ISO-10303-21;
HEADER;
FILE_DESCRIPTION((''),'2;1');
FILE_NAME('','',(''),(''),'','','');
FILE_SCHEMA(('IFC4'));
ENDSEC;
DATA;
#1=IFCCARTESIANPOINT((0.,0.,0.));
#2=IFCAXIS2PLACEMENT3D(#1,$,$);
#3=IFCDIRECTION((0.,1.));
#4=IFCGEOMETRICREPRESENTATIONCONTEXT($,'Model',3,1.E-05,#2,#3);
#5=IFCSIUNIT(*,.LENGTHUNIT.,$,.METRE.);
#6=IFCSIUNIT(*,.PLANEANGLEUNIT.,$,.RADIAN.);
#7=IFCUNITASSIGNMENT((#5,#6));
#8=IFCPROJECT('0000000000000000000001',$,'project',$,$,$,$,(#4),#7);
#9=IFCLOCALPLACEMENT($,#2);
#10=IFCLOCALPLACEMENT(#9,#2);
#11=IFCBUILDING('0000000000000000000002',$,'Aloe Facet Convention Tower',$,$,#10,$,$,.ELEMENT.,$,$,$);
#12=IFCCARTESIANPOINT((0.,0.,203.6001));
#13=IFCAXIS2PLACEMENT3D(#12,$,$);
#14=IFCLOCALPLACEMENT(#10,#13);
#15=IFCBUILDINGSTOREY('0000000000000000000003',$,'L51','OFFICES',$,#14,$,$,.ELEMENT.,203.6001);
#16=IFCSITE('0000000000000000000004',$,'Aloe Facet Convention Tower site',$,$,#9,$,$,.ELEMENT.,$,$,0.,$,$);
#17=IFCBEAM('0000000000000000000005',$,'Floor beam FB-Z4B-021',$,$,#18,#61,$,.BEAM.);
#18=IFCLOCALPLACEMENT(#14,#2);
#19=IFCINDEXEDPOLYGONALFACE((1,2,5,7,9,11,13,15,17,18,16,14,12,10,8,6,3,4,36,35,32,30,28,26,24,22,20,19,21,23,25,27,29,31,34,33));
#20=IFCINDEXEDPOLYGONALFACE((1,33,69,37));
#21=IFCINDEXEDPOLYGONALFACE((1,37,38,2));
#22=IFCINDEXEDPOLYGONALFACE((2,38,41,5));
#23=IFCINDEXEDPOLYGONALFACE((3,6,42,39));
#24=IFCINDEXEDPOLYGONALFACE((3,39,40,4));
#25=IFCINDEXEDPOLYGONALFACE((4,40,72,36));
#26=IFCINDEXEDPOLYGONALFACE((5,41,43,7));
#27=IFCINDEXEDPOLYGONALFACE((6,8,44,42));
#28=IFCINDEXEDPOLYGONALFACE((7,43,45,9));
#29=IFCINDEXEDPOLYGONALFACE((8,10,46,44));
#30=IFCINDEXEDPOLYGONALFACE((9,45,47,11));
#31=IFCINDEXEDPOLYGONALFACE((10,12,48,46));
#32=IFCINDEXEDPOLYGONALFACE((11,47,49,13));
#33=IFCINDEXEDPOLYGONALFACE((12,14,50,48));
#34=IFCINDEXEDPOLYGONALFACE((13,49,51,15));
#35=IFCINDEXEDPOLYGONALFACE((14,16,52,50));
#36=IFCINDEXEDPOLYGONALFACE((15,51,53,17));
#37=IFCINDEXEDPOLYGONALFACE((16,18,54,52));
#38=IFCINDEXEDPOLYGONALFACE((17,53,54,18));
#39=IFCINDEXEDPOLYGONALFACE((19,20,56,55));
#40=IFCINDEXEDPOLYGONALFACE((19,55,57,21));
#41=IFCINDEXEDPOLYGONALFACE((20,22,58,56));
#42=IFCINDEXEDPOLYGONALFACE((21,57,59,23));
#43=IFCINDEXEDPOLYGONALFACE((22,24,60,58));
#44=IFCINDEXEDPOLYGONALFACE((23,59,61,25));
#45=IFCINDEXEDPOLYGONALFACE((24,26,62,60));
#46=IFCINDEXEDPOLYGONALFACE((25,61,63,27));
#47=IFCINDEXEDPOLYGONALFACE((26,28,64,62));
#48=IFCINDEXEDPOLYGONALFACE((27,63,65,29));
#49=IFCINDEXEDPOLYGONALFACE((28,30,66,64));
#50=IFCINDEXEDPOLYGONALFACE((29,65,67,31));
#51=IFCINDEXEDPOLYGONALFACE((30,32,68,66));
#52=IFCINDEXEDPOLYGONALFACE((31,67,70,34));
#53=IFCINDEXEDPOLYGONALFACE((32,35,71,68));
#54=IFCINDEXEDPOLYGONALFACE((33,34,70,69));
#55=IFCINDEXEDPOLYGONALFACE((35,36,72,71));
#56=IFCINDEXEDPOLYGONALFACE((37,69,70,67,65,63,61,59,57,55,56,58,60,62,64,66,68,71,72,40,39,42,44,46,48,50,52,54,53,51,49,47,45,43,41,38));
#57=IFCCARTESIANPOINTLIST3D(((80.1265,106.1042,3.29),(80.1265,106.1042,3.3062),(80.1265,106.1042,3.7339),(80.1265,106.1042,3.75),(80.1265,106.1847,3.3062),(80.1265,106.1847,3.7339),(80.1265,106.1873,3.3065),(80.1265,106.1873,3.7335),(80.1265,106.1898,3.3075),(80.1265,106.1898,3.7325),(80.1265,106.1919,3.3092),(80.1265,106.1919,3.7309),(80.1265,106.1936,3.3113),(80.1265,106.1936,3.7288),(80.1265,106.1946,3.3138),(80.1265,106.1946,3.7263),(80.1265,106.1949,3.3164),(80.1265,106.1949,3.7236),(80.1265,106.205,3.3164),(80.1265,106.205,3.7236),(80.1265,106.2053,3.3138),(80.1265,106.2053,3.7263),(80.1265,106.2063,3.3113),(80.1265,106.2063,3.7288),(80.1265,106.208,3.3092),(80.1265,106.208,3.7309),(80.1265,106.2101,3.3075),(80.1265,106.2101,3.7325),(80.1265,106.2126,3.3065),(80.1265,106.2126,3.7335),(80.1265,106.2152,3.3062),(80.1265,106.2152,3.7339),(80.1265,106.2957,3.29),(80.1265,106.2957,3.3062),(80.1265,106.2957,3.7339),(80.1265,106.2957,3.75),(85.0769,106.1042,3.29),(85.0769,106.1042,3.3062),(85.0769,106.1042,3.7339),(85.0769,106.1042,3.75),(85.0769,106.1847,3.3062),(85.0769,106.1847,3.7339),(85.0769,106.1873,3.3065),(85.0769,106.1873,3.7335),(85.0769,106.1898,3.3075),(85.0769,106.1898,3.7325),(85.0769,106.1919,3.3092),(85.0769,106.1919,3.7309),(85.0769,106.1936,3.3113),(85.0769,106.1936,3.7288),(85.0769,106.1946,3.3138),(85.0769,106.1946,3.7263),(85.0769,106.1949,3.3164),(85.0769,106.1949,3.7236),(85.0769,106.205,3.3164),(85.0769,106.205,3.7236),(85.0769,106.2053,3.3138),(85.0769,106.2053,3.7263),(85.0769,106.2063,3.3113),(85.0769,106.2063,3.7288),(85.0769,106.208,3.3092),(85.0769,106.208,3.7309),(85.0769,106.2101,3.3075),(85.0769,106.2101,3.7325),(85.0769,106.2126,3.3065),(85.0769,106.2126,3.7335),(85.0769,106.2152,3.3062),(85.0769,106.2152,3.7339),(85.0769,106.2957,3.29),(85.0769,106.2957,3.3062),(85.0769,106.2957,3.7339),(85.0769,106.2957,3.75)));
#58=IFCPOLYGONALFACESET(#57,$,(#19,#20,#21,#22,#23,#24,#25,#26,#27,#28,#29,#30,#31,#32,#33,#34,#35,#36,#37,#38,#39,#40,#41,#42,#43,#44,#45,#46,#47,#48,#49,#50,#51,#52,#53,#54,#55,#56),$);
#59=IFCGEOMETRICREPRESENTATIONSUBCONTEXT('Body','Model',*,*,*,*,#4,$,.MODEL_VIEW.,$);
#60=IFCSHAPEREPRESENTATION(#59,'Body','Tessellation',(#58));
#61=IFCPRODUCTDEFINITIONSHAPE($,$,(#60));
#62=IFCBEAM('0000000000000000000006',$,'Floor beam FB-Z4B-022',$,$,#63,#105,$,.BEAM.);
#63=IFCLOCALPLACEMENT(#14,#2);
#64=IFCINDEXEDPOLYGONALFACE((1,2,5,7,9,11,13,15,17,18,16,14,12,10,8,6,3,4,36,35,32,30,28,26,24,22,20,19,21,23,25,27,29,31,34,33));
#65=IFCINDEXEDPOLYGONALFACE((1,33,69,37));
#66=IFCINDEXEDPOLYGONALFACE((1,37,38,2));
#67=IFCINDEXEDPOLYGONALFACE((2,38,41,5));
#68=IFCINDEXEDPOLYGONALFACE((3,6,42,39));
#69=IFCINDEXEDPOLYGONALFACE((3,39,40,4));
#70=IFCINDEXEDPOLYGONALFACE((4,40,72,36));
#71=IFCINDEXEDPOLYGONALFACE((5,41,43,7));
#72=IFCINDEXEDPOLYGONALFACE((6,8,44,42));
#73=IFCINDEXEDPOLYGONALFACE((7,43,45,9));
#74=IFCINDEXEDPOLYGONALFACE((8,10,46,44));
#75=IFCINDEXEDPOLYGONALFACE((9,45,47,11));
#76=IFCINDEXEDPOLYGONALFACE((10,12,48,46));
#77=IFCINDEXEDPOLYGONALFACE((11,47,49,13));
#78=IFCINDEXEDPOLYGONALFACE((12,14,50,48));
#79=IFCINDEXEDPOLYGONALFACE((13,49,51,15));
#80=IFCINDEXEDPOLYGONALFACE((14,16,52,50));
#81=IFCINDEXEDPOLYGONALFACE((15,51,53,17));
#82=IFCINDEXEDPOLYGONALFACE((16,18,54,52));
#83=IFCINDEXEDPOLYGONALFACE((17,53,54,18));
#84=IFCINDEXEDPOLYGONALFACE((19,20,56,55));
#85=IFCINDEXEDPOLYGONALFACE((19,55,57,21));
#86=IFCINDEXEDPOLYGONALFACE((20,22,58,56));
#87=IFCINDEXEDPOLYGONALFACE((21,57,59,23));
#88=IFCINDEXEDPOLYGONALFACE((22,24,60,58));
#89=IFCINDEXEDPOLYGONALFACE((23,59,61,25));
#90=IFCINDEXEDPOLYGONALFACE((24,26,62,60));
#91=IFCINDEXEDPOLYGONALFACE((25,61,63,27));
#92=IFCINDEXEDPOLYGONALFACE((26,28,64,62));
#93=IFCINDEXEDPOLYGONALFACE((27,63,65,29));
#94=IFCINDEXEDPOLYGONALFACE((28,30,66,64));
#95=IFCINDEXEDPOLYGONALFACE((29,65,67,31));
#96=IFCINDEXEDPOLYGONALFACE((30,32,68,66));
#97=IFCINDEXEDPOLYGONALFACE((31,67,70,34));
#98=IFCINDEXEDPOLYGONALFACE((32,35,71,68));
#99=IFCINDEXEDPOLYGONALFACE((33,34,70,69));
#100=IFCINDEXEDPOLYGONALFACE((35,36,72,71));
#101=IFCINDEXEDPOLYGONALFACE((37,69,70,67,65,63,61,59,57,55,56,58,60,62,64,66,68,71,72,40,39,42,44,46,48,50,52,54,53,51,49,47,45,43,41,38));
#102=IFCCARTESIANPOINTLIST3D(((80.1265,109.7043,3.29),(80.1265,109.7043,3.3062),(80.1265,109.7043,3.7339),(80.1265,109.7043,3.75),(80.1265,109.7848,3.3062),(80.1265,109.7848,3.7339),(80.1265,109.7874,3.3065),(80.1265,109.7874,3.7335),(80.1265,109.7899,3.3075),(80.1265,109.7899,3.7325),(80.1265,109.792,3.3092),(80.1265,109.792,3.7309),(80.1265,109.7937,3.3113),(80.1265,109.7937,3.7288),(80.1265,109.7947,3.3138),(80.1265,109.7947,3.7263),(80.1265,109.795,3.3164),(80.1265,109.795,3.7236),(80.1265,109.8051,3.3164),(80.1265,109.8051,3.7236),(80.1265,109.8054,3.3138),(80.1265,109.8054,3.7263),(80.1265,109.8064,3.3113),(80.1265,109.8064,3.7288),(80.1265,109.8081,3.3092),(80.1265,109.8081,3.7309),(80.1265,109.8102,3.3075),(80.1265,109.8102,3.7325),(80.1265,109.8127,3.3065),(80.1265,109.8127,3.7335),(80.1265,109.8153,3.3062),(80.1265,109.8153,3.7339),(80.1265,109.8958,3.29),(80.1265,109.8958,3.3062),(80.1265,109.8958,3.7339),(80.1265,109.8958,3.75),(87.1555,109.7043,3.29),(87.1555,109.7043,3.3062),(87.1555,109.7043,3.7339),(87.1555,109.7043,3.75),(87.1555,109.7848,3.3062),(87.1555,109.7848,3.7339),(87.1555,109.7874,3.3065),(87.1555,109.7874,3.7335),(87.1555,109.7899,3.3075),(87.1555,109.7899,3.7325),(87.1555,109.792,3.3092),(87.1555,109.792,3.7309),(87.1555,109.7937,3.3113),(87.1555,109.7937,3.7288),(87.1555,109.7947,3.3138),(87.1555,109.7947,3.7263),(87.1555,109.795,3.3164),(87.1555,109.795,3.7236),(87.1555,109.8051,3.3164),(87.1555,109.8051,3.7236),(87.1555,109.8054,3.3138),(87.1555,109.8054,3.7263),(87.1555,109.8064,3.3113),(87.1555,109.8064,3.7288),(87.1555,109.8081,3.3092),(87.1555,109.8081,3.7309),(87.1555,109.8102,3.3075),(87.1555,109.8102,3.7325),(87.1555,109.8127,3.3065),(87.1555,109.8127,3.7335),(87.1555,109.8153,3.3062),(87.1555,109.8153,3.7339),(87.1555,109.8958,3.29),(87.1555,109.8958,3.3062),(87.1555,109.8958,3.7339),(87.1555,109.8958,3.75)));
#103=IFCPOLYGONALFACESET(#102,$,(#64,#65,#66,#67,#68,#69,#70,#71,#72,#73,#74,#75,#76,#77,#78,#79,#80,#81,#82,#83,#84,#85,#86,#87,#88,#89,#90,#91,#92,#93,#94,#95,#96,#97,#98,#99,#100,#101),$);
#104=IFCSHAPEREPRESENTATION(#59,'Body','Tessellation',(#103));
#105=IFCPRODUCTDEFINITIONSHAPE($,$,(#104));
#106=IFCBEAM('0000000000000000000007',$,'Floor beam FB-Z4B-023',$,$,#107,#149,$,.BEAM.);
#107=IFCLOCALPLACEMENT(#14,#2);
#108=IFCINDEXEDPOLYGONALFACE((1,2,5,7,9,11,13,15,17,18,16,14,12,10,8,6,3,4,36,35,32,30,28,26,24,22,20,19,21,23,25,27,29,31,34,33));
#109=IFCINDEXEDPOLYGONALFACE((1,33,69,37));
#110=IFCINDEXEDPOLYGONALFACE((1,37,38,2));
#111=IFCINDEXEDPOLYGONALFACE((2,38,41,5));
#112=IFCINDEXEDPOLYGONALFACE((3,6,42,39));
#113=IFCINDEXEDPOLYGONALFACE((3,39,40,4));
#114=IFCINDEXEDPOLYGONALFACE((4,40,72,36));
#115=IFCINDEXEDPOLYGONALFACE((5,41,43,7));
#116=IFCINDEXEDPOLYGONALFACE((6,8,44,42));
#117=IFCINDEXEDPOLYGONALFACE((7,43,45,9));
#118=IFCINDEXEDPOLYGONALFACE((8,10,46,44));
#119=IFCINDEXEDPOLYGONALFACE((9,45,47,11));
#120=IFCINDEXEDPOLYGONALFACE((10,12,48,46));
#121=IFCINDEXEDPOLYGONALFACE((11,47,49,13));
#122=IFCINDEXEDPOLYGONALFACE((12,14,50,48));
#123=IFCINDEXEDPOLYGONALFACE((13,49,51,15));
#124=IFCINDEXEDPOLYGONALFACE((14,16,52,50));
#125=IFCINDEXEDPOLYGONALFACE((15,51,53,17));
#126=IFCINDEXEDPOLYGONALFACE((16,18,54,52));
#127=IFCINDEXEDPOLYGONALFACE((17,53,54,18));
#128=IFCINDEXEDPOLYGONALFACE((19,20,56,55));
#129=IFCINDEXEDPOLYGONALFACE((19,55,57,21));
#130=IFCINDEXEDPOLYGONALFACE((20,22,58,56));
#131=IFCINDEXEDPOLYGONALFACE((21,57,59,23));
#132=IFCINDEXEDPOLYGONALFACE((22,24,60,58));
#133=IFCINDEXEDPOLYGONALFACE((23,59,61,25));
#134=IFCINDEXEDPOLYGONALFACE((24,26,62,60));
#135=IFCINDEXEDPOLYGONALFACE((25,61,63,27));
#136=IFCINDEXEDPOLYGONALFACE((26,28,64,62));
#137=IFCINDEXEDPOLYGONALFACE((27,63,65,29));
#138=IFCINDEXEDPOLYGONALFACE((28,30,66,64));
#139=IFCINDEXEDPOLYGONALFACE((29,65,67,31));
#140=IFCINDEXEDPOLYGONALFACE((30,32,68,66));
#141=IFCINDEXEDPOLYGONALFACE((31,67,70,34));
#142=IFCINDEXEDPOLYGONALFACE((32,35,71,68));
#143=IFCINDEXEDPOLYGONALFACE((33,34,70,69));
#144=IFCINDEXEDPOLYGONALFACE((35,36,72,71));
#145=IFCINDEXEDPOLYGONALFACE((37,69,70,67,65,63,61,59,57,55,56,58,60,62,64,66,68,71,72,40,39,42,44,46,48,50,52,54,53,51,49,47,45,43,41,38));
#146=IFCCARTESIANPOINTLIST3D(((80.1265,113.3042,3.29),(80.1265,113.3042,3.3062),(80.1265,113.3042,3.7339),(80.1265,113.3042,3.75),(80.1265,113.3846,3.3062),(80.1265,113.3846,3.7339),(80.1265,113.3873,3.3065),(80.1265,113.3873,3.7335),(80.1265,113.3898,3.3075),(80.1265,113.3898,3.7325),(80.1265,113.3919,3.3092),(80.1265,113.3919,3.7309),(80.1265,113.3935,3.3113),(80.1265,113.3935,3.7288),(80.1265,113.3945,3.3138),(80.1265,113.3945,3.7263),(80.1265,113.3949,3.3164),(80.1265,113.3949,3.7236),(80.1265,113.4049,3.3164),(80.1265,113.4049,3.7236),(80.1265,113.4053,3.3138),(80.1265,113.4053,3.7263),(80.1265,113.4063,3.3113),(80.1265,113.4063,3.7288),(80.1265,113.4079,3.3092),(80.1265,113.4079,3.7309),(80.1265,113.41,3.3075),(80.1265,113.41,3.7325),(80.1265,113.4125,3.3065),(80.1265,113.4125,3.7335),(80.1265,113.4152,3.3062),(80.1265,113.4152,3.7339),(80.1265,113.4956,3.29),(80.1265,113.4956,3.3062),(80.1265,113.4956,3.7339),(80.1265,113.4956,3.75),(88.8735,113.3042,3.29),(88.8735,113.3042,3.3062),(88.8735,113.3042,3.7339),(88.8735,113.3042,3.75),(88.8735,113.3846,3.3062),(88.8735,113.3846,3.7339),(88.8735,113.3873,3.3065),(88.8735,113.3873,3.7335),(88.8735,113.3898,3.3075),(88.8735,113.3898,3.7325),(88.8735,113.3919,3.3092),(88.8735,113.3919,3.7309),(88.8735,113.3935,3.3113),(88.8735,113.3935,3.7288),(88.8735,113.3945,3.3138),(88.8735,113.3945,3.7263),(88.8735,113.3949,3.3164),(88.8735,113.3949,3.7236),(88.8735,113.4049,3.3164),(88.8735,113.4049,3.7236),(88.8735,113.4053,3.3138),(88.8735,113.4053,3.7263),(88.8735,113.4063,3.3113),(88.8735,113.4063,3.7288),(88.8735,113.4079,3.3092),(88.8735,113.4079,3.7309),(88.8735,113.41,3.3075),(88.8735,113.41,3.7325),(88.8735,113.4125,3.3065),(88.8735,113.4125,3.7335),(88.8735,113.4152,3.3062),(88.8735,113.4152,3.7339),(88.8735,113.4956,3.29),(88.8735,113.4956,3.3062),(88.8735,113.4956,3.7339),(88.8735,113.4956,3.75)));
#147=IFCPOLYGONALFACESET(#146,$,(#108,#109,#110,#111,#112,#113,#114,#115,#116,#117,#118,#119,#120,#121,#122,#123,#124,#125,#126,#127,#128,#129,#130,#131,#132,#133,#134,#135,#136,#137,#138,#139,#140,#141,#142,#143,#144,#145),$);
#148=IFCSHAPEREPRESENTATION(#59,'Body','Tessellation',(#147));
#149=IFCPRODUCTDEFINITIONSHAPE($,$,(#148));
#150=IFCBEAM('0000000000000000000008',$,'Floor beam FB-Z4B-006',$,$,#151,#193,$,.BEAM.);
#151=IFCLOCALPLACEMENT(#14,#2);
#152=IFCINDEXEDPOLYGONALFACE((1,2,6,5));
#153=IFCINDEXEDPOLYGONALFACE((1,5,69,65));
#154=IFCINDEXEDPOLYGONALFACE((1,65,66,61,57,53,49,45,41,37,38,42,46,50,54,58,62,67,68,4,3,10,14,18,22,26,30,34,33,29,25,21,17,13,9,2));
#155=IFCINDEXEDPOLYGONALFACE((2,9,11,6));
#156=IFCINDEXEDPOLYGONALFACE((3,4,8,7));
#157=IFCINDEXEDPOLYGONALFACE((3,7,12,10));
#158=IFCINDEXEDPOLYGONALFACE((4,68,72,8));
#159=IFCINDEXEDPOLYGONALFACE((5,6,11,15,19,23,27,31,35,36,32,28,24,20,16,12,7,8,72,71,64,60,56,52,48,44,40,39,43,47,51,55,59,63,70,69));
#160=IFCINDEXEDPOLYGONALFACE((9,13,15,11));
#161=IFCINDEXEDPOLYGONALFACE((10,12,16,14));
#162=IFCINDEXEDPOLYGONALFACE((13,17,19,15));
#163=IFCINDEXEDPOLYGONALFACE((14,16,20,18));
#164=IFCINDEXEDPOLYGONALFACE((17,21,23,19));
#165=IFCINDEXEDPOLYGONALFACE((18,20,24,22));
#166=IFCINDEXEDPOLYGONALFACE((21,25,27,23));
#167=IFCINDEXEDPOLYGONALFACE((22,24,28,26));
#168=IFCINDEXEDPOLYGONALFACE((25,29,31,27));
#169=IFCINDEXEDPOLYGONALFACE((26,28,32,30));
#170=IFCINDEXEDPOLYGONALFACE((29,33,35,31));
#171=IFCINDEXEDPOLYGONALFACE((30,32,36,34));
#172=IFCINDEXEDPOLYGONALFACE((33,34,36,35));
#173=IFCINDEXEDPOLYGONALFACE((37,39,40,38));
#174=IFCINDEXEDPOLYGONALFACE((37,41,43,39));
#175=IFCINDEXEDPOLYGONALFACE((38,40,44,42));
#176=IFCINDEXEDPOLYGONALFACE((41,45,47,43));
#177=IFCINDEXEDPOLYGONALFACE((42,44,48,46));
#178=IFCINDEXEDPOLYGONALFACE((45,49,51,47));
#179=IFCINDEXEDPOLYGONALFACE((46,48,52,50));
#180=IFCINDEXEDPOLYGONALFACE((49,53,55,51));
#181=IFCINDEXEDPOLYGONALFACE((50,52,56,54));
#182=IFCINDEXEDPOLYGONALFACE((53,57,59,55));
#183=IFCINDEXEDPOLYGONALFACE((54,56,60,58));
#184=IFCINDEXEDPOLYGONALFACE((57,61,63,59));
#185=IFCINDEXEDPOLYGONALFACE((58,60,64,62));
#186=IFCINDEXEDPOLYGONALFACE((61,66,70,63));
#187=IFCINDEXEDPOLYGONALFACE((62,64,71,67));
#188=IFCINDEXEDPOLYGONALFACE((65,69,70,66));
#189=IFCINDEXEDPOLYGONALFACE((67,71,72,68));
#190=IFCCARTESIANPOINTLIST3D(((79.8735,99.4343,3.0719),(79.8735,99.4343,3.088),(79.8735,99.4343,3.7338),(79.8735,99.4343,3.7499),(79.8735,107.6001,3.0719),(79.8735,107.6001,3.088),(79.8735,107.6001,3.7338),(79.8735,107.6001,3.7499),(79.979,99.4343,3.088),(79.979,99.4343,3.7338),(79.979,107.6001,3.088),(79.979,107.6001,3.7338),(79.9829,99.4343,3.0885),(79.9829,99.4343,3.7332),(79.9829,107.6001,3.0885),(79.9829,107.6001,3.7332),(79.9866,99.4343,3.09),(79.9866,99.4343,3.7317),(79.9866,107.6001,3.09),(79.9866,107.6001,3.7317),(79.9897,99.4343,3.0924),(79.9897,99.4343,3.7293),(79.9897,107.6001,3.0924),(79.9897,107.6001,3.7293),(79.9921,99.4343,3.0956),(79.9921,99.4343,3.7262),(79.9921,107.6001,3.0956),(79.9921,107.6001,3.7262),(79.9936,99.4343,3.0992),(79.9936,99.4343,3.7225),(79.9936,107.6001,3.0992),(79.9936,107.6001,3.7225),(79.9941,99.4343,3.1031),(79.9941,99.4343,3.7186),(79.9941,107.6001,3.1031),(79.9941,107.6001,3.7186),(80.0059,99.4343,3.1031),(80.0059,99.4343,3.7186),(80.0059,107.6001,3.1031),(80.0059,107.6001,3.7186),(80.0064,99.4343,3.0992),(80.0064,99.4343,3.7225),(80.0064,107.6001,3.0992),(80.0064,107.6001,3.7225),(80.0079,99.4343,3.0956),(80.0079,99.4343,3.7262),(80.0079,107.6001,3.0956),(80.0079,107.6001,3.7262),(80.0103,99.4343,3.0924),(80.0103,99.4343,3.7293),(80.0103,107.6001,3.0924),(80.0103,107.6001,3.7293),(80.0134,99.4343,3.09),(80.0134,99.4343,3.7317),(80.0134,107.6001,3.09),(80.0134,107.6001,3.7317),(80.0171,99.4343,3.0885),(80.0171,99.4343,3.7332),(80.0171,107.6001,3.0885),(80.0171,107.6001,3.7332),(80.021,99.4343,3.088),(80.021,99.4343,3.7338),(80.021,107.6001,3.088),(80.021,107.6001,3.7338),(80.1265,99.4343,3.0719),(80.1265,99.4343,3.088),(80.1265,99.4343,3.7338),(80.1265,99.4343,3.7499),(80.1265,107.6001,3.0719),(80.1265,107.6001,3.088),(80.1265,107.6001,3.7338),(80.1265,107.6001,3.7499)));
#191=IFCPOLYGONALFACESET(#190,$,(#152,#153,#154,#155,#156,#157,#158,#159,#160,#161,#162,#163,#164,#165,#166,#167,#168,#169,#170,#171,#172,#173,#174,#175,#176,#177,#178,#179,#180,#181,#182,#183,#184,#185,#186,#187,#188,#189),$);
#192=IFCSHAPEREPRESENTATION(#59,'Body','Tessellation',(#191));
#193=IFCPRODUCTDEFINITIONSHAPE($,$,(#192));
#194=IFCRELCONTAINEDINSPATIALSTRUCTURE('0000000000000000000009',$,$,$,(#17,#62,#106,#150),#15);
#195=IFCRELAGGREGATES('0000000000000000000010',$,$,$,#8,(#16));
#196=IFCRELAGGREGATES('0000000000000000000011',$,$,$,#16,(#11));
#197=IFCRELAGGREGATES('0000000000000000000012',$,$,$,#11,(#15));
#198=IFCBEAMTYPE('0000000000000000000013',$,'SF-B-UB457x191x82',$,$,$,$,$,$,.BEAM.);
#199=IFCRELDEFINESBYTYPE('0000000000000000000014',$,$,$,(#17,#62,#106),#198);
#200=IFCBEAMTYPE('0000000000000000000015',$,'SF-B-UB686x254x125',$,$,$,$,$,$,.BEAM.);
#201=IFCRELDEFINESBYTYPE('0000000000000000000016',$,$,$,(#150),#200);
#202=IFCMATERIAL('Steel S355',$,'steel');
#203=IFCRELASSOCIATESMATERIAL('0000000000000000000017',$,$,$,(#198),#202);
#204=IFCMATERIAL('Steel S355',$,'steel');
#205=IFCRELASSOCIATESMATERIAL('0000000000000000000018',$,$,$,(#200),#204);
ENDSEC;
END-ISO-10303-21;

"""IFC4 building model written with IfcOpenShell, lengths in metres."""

from ifc_helpers import new_model, si_unit, direction, frame, origin, origin_2d, place, context, subcontext, project, spatial, i_section, extrude, material, material_profile, profile_set, type_object, element, save


model = new_model("IFC4")

# Units and contexts
model_context = context("Model", 3, precision=1e-05, world=origin(), true_north=direction((0.0, 1.0)))
body_context = subcontext(model_context, "Body", "Model", "MODEL_VIEW")
ifc_project = project(units=[si_unit("LENGTHUNIT", "METRE"), si_unit("PLANEANGLEUNIT", "RADIAN")], contexts=[model_context])

# Site, building, storey
site_placement = place(None, origin())
site = spatial("IfcSite", under=ifc_project, at=site_placement, Name="Aloe Facet Convention Tower site", CompositionType="ELEMENT", RefElevation=0.0)
building_placement = place(site_placement, origin())
building = spatial("IfcBuilding", under=site, at=building_placement, Name="Aloe Facet Convention Tower", CompositionType="ELEMENT")
storey_placement = place(building_placement, frame((0.0, 0.0, 203.6001)))
storey = spatial("IfcBuildingStorey", under=building, at=storey_placement, Name="L51", Description="OFFICES", CompositionType="ELEMENT", Elevation=203.6001)

# Beams
ifc_material_1 = material(Name="Steel S355", Category="steel")
ifc_material_profile_1 = material_profile(ifc_material_1, i_section(OverallWidth=0.1914, OverallDepth=0.46, WebThickness=0.01, FlangeThickness=0.0161, FilletRadius=0.0103, at=origin_2d()), Name="UB 457x191x82")
ifc_profile_set_1 = profile_set([ifc_material_profile_1], Name="Steel S355")
beam_type_1 = type_object("IfcBeamType", Name="SF-B-UB457x191x82", PredefinedType="BEAM", material=ifc_profile_set_1)
for number, where, z_axis, x_axis, name in (
    (1, (80.1265, 106.2, 3.52), (1.0, 0.0, 0.0), (0.0, 1.0, 0.0), "Floor beam FB-Z4B-021"),
):
    element("IfcBeam", number, at=place(storey_placement, frame(where, z_axis=z_axis, x_axis=x_axis)), inside=storey, type_object=beam_type_1, Name=name, PredefinedType="BEAM", context=body_context, shape_type="SweptSolid", body=[
        extrude(i_section(OverallWidth=0.1914, OverallDepth=0.46, WebThickness=0.01, FlangeThickness=0.0161, FilletRadius=0.0103, at=origin_2d()), origin(), (0.0, 0.0, 1.0), 4.9504),
    ])
beam_1_placement = place(storey_placement, frame((80.1265, 109.8, 3.52), z_axis=(1.0, 0.0, 0.0), x_axis=(0.0, 1.0, 0.0)))
element("IfcBeam", 2, at=beam_1_placement, inside=storey, type_object=beam_type_1, Name="Floor beam FB-Z4B-022", PredefinedType="BEAM", context=body_context, shape_type="SweptSolid", body=[
    extrude(i_section(OverallWidth=0.1914, OverallDepth=0.46, WebThickness=0.01, FlangeThickness=0.0161, FilletRadius=0.0103, at=origin_2d()), origin(), (0.0, 0.0, 1.0), 7.0291),
])
beam_2_placement = place(storey_placement, frame((80.1265, 113.3999, 3.52), z_axis=(1.0, 0.0, 0.0), x_axis=(0.0, 1.0, 0.0)))
element("IfcBeam", 3, at=beam_2_placement, inside=storey, type_object=beam_type_1, Name="Floor beam FB-Z4B-023", PredefinedType="BEAM", context=body_context, shape_type="SweptSolid", body=[
    extrude(i_section(OverallWidth=0.1914, OverallDepth=0.46, WebThickness=0.01, FlangeThickness=0.0161, FilletRadius=0.0103, at=origin_2d()), origin(), (0.0, 0.0, 1.0), 8.7471),
])
ifc_material_2 = material(Name="Steel S355", Category="steel")
ifc_material_profile_2 = material_profile(ifc_material_2, i_section(OverallWidth=0.2529, OverallDepth=0.678, WebThickness=0.0117, FlangeThickness=0.0161, FilletRadius=0.0151, at=origin_2d()), Name="UB 686x254x125")
ifc_profile_set_2 = profile_set([ifc_material_profile_2], Name="Steel S355")
beam_type_2 = type_object("IfcBeamType", Name="SF-B-UB686x254x125", PredefinedType="BEAM", material=ifc_profile_set_2)
beam_3_placement = place(storey_placement, frame((80.0, 107.6001, 3.4109), z_axis=(0.0, -1.0, 0.0), x_axis=(1.0, 0.0, 0.0)))
element("IfcBeam", 4, at=beam_3_placement, inside=storey, type_object=beam_type_2, Name="Floor beam FB-Z4B-006", PredefinedType="BEAM", context=body_context, shape_type="SweptSolid", body=[
    extrude(i_section(OverallWidth=0.2529, OverallDepth=0.678, WebThickness=0.0117, FlangeThickness=0.0161, FilletRadius=0.0151, at=origin_2d()), origin(), (0.0, 0.0, 1.0), 8.1658),
])

save(model, "model.ifc")
